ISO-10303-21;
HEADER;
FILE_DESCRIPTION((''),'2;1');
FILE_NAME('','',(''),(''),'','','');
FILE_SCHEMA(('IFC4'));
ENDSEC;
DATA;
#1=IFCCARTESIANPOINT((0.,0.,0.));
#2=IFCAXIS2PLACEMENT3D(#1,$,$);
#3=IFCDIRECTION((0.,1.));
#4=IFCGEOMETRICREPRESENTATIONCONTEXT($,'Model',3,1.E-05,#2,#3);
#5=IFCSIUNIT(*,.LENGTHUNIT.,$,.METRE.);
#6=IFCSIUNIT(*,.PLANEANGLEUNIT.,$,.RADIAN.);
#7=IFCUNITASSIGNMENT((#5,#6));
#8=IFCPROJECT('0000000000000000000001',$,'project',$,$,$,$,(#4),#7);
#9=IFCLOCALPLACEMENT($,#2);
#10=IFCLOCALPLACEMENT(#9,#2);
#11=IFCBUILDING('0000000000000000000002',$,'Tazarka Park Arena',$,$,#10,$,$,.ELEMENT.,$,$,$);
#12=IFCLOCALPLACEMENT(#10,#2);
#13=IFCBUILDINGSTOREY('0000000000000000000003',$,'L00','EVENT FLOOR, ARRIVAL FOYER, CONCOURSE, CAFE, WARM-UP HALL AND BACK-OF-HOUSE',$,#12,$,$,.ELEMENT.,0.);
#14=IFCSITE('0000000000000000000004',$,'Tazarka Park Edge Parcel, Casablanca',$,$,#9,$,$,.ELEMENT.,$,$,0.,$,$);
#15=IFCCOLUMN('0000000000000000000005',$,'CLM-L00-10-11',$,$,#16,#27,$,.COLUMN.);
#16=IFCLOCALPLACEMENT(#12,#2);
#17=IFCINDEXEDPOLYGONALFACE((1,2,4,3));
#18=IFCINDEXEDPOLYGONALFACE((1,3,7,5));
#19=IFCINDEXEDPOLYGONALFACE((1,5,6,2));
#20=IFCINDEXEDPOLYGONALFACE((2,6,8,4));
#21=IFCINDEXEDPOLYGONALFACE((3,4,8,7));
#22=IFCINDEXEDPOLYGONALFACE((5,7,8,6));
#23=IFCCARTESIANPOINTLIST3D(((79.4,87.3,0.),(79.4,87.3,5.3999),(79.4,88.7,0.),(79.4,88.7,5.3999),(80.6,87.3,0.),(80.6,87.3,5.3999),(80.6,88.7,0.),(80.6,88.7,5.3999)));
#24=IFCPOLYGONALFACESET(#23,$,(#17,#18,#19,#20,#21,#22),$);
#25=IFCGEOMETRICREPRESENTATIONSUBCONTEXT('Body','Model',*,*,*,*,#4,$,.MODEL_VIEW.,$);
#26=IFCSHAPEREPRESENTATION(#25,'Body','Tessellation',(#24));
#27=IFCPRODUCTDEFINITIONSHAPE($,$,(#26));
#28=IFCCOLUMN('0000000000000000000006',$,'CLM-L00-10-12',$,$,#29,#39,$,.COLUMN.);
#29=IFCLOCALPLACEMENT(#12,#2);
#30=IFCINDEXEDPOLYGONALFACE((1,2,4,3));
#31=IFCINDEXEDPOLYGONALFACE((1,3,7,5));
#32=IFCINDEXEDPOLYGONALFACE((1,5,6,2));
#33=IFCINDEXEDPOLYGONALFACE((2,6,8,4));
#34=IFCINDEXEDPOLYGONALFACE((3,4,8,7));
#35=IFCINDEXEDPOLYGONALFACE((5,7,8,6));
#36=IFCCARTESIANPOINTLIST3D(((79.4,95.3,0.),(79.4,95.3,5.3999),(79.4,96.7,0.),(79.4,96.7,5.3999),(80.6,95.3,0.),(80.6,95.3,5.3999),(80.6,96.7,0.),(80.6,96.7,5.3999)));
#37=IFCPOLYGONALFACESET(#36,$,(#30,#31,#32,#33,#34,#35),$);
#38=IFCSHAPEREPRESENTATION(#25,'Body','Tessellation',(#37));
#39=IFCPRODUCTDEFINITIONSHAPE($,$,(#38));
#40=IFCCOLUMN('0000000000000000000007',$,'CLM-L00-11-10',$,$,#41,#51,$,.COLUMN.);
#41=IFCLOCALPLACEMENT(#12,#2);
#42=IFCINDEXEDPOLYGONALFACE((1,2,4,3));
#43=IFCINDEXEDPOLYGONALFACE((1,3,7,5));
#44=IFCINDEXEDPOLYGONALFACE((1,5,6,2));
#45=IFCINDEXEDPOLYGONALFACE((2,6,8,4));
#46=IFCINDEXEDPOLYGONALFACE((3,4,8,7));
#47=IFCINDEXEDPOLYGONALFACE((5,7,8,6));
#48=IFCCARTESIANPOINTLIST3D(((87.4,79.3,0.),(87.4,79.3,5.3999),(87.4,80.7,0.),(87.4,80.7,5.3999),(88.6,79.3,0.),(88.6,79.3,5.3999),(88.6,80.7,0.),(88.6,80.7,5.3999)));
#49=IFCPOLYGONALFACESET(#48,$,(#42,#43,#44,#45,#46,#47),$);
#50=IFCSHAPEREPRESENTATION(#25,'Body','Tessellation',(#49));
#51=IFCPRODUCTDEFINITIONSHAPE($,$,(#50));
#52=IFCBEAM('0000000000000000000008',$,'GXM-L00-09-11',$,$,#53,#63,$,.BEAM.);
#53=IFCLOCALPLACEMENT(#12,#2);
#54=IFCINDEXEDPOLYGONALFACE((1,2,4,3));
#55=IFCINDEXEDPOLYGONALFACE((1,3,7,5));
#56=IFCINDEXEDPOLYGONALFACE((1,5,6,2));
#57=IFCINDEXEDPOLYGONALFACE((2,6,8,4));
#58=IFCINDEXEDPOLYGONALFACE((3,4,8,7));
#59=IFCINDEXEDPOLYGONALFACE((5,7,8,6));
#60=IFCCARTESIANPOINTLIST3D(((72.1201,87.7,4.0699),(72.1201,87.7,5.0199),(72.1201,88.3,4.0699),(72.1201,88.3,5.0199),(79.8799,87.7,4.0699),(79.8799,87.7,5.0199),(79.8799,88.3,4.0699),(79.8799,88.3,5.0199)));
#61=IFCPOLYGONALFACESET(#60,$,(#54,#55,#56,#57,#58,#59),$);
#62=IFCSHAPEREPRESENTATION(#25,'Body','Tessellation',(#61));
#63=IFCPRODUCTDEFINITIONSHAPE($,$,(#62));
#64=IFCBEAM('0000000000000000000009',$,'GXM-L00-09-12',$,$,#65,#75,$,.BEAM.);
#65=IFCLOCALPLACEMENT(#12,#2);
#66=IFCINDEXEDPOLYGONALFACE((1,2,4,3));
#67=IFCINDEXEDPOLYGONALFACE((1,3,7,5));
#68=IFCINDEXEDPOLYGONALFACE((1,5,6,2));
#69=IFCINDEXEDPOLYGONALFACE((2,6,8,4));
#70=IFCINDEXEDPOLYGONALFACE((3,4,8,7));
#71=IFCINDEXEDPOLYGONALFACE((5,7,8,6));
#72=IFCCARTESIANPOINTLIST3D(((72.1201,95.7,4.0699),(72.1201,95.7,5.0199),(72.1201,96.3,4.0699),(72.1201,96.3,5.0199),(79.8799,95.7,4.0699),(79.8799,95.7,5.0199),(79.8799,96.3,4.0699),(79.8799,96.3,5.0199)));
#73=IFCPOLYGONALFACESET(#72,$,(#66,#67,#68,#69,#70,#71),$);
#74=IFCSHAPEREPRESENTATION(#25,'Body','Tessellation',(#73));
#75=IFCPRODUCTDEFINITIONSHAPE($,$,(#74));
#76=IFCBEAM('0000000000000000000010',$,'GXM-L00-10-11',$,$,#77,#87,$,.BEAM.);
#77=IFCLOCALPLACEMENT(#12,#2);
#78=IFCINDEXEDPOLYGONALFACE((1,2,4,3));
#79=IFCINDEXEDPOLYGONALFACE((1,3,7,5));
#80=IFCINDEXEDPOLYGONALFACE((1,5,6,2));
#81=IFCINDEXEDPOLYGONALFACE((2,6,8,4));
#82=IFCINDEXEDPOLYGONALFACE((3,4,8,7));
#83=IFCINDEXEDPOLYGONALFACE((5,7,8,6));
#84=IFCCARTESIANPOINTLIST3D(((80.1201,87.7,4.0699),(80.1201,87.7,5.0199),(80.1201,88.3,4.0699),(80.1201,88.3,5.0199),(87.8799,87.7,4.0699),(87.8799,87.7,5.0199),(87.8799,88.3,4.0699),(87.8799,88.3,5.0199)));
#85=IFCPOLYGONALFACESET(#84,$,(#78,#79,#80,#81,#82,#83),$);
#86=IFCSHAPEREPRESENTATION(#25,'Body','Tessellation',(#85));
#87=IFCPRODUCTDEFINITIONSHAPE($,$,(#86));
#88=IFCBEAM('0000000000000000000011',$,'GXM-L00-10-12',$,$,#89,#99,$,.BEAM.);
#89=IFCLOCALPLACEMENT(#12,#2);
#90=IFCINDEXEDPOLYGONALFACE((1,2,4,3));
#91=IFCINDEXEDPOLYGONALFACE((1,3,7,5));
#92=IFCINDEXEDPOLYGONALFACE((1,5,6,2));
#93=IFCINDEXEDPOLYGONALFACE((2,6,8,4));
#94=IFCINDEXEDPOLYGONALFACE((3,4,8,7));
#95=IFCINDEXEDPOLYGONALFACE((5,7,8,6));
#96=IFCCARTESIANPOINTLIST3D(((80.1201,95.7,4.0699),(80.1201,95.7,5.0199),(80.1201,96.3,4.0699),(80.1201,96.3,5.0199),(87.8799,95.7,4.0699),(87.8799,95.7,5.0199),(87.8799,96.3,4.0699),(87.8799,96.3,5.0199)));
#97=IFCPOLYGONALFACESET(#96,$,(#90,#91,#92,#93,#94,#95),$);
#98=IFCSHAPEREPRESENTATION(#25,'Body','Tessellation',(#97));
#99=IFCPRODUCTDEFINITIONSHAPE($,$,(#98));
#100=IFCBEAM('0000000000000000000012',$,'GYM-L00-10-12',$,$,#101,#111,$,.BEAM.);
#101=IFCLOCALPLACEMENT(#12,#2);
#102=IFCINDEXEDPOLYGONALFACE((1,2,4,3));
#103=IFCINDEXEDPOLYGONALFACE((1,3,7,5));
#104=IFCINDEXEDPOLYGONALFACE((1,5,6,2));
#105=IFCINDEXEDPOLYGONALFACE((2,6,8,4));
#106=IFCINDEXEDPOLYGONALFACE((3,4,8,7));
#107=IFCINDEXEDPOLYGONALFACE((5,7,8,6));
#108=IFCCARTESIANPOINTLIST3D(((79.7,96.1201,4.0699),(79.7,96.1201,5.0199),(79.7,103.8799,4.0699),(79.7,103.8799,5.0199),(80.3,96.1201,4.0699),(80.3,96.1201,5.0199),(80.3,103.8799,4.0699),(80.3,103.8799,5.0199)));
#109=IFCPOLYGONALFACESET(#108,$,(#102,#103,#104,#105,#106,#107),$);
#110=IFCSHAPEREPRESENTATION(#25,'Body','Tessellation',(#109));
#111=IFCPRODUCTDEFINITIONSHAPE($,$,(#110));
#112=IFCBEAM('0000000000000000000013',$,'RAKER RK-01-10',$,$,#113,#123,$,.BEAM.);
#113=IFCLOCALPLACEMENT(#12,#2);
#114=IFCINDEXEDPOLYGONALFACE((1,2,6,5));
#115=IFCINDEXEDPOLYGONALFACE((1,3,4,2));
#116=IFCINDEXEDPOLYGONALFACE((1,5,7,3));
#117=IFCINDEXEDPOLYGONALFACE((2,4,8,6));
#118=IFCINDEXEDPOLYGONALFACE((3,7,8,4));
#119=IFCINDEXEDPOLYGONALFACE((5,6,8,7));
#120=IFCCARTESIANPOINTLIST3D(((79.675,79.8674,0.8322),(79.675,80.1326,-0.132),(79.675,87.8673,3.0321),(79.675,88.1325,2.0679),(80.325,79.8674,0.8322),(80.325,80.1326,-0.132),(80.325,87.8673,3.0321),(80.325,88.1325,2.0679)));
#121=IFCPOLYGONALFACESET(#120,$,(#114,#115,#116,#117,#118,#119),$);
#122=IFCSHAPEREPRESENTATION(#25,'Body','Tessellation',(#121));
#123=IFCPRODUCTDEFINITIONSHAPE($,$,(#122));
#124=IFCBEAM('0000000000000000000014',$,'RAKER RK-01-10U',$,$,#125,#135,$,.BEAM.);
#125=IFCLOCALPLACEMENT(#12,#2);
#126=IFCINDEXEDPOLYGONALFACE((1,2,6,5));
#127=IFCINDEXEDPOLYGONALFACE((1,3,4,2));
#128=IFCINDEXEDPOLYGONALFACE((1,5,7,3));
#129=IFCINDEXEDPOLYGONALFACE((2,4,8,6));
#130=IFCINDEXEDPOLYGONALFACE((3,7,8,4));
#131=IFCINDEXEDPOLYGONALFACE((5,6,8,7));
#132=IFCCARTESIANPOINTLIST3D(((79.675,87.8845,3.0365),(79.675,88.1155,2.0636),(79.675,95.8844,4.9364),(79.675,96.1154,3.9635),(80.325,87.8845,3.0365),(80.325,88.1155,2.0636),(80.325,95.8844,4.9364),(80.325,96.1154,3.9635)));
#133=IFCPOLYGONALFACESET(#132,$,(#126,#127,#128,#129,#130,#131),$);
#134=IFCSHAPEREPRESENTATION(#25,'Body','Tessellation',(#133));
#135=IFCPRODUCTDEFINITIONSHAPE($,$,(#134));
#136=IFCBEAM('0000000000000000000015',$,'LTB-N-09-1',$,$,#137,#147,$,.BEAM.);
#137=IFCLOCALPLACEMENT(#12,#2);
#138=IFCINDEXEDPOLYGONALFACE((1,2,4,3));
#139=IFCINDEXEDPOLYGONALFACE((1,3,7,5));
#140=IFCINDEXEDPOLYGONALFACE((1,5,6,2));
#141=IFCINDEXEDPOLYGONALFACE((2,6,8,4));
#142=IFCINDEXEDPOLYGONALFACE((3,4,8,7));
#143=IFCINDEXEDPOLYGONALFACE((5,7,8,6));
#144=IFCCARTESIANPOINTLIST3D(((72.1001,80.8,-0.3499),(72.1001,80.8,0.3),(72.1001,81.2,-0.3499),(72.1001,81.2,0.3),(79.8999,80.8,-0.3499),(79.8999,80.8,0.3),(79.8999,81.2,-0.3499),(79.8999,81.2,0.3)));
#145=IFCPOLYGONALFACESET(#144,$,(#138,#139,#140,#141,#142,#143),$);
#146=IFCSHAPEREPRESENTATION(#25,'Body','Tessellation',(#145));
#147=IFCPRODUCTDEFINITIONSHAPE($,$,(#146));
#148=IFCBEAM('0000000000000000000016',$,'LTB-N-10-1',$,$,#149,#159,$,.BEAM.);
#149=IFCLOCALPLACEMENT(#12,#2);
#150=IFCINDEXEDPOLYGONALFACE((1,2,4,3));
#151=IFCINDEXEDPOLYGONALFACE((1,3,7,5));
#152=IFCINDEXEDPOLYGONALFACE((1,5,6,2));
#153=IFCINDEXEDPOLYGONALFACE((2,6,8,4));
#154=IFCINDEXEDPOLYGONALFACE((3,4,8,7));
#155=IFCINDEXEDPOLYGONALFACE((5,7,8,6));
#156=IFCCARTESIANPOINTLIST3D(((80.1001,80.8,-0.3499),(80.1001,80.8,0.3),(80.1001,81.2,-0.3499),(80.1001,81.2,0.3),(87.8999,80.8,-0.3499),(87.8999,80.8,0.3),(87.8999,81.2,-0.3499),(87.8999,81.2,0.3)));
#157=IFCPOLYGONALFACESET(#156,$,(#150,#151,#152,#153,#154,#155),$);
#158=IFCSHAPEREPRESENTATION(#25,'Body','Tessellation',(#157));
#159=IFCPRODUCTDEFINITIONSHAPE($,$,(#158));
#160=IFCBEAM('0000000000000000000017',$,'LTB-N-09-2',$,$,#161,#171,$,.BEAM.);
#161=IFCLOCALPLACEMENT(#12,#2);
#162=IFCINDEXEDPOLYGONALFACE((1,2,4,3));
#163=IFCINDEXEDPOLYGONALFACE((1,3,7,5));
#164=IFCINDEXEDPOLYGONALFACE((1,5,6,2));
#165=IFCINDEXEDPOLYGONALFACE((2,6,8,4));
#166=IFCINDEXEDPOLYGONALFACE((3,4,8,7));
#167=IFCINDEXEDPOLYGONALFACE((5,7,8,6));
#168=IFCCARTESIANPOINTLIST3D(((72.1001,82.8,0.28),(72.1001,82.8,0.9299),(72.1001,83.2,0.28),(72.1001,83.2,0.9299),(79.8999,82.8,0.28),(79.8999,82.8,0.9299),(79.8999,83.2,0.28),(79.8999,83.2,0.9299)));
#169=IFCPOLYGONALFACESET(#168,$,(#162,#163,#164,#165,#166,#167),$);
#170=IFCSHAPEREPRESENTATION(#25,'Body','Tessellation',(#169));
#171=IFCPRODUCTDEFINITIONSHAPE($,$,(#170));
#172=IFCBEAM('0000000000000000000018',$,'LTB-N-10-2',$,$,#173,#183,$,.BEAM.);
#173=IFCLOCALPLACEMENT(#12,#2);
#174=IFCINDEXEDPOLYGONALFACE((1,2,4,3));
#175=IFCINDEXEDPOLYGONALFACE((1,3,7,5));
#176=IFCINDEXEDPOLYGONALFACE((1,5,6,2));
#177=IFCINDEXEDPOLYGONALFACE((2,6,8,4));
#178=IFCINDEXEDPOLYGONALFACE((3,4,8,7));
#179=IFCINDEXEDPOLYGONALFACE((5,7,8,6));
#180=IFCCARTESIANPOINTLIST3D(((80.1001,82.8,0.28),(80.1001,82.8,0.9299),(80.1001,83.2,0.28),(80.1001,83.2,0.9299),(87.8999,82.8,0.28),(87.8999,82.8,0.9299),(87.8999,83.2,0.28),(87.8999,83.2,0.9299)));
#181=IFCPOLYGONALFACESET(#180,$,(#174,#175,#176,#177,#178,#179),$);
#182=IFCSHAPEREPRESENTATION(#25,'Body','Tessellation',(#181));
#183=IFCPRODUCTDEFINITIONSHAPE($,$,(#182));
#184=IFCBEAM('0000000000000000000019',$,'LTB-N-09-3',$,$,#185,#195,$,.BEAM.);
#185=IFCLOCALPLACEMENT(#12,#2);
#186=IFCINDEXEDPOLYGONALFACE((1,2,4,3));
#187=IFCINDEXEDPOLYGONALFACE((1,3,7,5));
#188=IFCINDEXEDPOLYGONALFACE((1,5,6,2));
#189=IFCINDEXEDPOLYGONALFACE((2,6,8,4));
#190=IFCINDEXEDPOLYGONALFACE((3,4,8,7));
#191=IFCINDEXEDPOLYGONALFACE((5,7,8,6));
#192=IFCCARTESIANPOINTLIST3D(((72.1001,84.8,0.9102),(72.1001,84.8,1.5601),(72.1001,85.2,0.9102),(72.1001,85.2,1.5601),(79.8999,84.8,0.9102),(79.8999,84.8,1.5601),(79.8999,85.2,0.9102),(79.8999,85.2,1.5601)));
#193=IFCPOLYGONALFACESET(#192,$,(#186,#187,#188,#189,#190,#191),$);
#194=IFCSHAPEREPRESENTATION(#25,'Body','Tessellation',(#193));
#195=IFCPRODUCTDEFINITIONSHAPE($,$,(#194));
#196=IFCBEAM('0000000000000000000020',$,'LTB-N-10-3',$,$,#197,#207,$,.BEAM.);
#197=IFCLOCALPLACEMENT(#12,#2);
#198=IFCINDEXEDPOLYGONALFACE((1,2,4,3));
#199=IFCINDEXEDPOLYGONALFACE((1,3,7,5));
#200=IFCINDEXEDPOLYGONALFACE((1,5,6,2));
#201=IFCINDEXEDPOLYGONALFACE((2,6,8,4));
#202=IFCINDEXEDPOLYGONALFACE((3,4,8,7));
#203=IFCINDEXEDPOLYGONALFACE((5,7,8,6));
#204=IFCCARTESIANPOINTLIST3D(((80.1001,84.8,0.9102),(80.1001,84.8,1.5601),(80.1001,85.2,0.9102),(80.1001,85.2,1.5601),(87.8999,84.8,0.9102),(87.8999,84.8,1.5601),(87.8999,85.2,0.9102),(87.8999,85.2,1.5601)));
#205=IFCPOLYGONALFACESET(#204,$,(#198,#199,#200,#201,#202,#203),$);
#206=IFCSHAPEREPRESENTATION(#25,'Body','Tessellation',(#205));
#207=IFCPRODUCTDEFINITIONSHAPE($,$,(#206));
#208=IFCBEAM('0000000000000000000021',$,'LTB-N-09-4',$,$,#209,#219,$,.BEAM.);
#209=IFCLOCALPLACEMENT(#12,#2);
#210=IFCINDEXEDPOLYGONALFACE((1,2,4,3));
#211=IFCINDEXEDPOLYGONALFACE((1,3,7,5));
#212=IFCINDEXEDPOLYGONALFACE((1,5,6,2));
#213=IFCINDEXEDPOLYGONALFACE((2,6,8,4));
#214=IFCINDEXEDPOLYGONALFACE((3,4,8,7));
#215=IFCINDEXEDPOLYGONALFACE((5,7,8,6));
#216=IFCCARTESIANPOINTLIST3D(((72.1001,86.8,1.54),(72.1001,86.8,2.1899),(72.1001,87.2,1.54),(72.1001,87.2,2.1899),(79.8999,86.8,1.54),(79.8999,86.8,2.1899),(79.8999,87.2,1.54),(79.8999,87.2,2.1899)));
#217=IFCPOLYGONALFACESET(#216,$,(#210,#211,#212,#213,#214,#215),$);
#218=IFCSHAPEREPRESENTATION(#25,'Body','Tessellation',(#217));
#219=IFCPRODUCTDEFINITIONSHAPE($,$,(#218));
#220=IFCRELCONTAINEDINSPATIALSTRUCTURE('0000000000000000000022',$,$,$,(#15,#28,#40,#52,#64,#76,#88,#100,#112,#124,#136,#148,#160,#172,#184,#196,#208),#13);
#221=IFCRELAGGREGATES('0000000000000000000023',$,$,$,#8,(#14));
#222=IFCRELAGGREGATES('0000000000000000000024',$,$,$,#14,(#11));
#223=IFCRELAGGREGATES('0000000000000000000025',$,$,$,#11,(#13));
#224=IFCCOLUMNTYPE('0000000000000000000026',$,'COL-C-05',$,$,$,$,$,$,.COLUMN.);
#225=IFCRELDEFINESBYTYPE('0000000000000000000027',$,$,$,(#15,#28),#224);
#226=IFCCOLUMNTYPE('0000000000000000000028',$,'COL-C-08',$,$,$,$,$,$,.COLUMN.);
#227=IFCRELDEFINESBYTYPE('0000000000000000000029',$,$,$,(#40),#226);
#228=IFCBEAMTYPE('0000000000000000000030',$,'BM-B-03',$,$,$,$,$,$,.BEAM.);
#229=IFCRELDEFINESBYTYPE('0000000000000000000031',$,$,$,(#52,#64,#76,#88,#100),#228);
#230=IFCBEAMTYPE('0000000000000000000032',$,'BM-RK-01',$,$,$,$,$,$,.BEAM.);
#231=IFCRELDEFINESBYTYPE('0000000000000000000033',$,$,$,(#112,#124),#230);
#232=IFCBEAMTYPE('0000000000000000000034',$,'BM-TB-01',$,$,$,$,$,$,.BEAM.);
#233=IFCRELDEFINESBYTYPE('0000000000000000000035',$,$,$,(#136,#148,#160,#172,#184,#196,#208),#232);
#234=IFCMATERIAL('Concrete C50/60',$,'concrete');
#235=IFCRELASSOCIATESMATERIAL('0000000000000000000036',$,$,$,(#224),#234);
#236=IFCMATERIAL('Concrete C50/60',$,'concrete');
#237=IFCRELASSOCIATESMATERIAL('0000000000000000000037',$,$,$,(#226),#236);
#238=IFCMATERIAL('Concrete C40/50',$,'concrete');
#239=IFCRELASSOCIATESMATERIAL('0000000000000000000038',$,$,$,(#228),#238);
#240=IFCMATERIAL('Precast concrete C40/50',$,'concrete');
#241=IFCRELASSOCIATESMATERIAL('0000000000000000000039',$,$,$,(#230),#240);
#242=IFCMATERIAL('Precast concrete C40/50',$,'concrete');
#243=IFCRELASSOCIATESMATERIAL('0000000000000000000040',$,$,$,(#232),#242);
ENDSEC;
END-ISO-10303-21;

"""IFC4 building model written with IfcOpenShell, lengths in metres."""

from ifc_helpers import new_model, si_unit, direction, frame, origin, origin_2d, place, context, subcontext, project, spatial, rectangle, extrude, material, material_profile, profile_set, type_object, element, save


model = new_model("IFC4")

# Units and contexts
model_context = context("Model", 3, precision=1e-05, world=origin(), true_north=direction((0.0, 1.0)))
body_context = subcontext(model_context, "Body", "Model", "MODEL_VIEW")
ifc_project = project(units=[si_unit("LENGTHUNIT", "METRE"), si_unit("PLANEANGLEUNIT", "RADIAN")], contexts=[model_context])

# Site, building, storey
site_placement = place(None, origin())
site = spatial("IfcSite", under=ifc_project, at=site_placement, Name="Tazarka Park Edge Parcel, Casablanca", CompositionType="ELEMENT", RefElevation=0.0)
building_placement = place(site_placement, origin())
building = spatial("IfcBuilding", under=site, at=building_placement, Name="Tazarka Park Arena", CompositionType="ELEMENT")
storey_placement = place(building_placement, origin())
storey = spatial("IfcBuildingStorey", under=building, at=storey_placement, Name="L00", Description="EVENT FLOOR, ARRIVAL FOYER, CONCOURSE, CAFE, WARM-UP HALL AND BACK-OF-HOUSE", CompositionType="ELEMENT", Elevation=0.0)

# Columns
ifc_material_1 = material(Name="Concrete C50/60", Category="concrete")
ifc_material_profile_1 = material_profile(ifc_material_1, rectangle(XDim=1.2, YDim=1.3999, at=origin_2d()), Name="Concrete C50/60")
ifc_profile_set_1 = profile_set([ifc_material_profile_1], Name="Concrete C50/60")
column_type_1 = type_object("IfcColumnType", Name="COL-C-05", PredefinedType="COLUMN", material=ifc_profile_set_1)
for number, where, z_axis, x_axis, name in (
    (1, (80.0, 88.0, 0.0), (0.0, 0.0, 1.0), (1.0, 0.0, 0.0), "CLM-L00-10-11"),
    (2, (80.0, 96.0, 0.0), (0.0, 0.0, 1.0), (1.0, 0.0, 0.0), "CLM-L00-10-12"),
):
    element("IfcColumn", number, at=place(storey_placement, frame(where, z_axis=z_axis, x_axis=x_axis)), inside=storey, type_object=column_type_1, Name=name, PredefinedType="COLUMN", context=body_context, shape_type="SweptSolid", body=[
        extrude(rectangle(XDim=1.2, YDim=1.3999, at=origin_2d()), origin(), (0.0, 0.0, 1.0), 5.3999),
    ])
ifc_material_2 = material(Name="Concrete C50/60", Category="concrete")
ifc_material_profile_2 = material_profile(ifc_material_2, rectangle(XDim=1.2, YDim=1.3999, at=origin_2d()), Name="Concrete C50/60")
ifc_profile_set_2 = profile_set([ifc_material_profile_2], Name="Concrete C50/60")
column_type_2 = type_object("IfcColumnType", Name="COL-C-08", PredefinedType="COLUMN", material=ifc_profile_set_2)
column_placement = place(storey_placement, frame((88.0, 80.0, 0.0), z_axis=(0.0, 0.0, 1.0), x_axis=(1.0, 0.0, 0.0)))
element("IfcColumn", 3, at=column_placement, inside=storey, type_object=column_type_2, Name="CLM-L00-11-10", PredefinedType="COLUMN", context=body_context, shape_type="SweptSolid", body=[
    extrude(rectangle(XDim=1.2, YDim=1.3999, at=origin_2d()), origin(), (0.0, 0.0, 1.0), 5.3999),
])

# Beams
ifc_material_3 = material(Name="Concrete C40/50", Category="concrete")
ifc_material_profile_3 = material_profile(ifc_material_3, rectangle(XDim=0.6001, YDim=0.95, at=origin_2d()), Name="Concrete C40/50")
ifc_profile_set_3 = profile_set([ifc_material_profile_3], Name="Concrete C40/50")
beam_type_1 = type_object("IfcBeamType", Name="BM-B-03", PredefinedType="BEAM", material=ifc_profile_set_3)
for number, where, z_axis, x_axis, name in (
    (4, (72.1201, 88.0, 4.5449), (1.0, 0.0, 0.0), (0.0, 1.0, 0.0), "GXM-L00-09-11"),
    (5, (72.1201, 96.0, 4.5449), (1.0, 0.0, 0.0), (0.0, 1.0, 0.0), "GXM-L00-09-12"),
    (6, (80.1201, 88.0, 4.5449), (1.0, 0.0, 0.0), (0.0, 1.0, 0.0), "GXM-L00-10-11"),
    (7, (80.1201, 96.0, 4.5449), (1.0, 0.0, 0.0), (0.0, 1.0, 0.0), "GXM-L00-10-12"),
    (8, (80.0, 96.1201, 4.5449), (0.0, 1.0, 0.0), (-1.0, 0.0, 0.0), "GYM-L00-10-12"),
):
    element("IfcBeam", number, at=place(storey_placement, frame(where, z_axis=z_axis, x_axis=x_axis)), inside=storey, type_object=beam_type_1, Name=name, PredefinedType="BEAM", context=body_context, shape_type="SweptSolid", body=[
        extrude(rectangle(XDim=0.6001, YDim=0.95, at=origin_2d()), origin(), (0.0, 0.0, 1.0), 7.7598),
    ])
ifc_material_4 = material(Name="Precast concrete C40/50", Category="concrete")
ifc_material_profile_4 = material_profile(ifc_material_4, rectangle(XDim=0.6499, YDim=1.0, at=origin_2d()), Name="Precast concrete C40/50")
ifc_profile_set_4 = profile_set([ifc_material_profile_4], Name="Precast concrete C40/50")
beam_type_2 = type_object("IfcBeamType", Name="BM-RK-01", PredefinedType="BEAM", material=ifc_profile_set_4)
beam_1_placement = place(storey_placement, frame((80.0, 80.0, 0.3501), z_axis=(0.0, 0.964207, 0.265151), x_axis=(-1.0, 0.0, 0.0)))
element("IfcBeam", 9, at=beam_1_placement, inside=storey, type_object=beam_type_2, Name="RAKER RK-01-10", PredefinedType="BEAM", context=body_context, shape_type="SweptSolid", body=[
    extrude(rectangle(XDim=0.6499, YDim=1.0, at=origin_2d()), origin(), (0.0, 0.0, 1.0), 8.2969),
])
beam_2_placement = place(storey_placement, frame((80.0, 88.0, 2.55), z_axis=(0.0, 0.972939, 0.231061), x_axis=(-1.0, 0.0, 0.0)))
element("IfcBeam", 10, at=beam_2_placement, inside=storey, type_object=beam_type_2, Name="RAKER RK-01-10U", PredefinedType="BEAM", context=body_context, shape_type="SweptSolid", body=[
    extrude(rectangle(XDim=0.6499, YDim=1.0, at=origin_2d()), origin(), (0.0, 0.0, 1.0), 8.2224),
])
ifc_material_5 = material(Name="Precast concrete C40/50", Category="concrete")
ifc_material_profile_5 = material_profile(ifc_material_5, rectangle(XDim=0.3999, YDim=0.6499, at=origin_2d()), Name="Precast concrete C40/50")
ifc_profile_set_5 = profile_set([ifc_material_profile_5], Name="Precast concrete C40/50")
beam_type_3 = type_object("IfcBeamType", Name="BM-TB-01", PredefinedType="BEAM", material=ifc_profile_set_5)
for number, where, z_axis, x_axis, name in (
    (11, (72.1001, 81.0, -0.0249), (1.0, 0.0, 0.0), (0.0, 1.0, 0.0), "LTB-N-09-1"),
    (12, (80.1001, 81.0, -0.0249), (1.0, 0.0, 0.0), (0.0, 1.0, 0.0), "LTB-N-10-1"),
    (13, (72.1001, 83.0, 0.605), (1.0, 0.0, 0.0), (0.0, 1.0, 0.0), "LTB-N-09-2"),
    (14, (80.1001, 83.0, 0.605), (1.0, 0.0, 0.0), (0.0, 1.0, 0.0), "LTB-N-10-2"),
    (15, (72.1001, 85.0, 1.2351), (1.0, 0.0, 0.0), (0.0, 1.0, 0.0), "LTB-N-09-3"),
    (16, (80.1001, 85.0, 1.2351), (1.0, 0.0, 0.0), (0.0, 1.0, 0.0), "LTB-N-10-3"),
    (17, (72.1001, 87.0, 1.865), (1.0, 0.0, 0.0), (0.0, 1.0, 0.0), "LTB-N-09-4"),
):
    element("IfcBeam", number, at=place(storey_placement, frame(where, z_axis=z_axis, x_axis=x_axis)), inside=storey, type_object=beam_type_3, Name=name, PredefinedType="BEAM", context=body_context, shape_type="SweptSolid", body=[
        extrude(rectangle(XDim=0.3999, YDim=0.6499, at=origin_2d()), origin(), (0.0, 0.0, 1.0), 7.7998),
    ])

save(model, "model.ifc")
